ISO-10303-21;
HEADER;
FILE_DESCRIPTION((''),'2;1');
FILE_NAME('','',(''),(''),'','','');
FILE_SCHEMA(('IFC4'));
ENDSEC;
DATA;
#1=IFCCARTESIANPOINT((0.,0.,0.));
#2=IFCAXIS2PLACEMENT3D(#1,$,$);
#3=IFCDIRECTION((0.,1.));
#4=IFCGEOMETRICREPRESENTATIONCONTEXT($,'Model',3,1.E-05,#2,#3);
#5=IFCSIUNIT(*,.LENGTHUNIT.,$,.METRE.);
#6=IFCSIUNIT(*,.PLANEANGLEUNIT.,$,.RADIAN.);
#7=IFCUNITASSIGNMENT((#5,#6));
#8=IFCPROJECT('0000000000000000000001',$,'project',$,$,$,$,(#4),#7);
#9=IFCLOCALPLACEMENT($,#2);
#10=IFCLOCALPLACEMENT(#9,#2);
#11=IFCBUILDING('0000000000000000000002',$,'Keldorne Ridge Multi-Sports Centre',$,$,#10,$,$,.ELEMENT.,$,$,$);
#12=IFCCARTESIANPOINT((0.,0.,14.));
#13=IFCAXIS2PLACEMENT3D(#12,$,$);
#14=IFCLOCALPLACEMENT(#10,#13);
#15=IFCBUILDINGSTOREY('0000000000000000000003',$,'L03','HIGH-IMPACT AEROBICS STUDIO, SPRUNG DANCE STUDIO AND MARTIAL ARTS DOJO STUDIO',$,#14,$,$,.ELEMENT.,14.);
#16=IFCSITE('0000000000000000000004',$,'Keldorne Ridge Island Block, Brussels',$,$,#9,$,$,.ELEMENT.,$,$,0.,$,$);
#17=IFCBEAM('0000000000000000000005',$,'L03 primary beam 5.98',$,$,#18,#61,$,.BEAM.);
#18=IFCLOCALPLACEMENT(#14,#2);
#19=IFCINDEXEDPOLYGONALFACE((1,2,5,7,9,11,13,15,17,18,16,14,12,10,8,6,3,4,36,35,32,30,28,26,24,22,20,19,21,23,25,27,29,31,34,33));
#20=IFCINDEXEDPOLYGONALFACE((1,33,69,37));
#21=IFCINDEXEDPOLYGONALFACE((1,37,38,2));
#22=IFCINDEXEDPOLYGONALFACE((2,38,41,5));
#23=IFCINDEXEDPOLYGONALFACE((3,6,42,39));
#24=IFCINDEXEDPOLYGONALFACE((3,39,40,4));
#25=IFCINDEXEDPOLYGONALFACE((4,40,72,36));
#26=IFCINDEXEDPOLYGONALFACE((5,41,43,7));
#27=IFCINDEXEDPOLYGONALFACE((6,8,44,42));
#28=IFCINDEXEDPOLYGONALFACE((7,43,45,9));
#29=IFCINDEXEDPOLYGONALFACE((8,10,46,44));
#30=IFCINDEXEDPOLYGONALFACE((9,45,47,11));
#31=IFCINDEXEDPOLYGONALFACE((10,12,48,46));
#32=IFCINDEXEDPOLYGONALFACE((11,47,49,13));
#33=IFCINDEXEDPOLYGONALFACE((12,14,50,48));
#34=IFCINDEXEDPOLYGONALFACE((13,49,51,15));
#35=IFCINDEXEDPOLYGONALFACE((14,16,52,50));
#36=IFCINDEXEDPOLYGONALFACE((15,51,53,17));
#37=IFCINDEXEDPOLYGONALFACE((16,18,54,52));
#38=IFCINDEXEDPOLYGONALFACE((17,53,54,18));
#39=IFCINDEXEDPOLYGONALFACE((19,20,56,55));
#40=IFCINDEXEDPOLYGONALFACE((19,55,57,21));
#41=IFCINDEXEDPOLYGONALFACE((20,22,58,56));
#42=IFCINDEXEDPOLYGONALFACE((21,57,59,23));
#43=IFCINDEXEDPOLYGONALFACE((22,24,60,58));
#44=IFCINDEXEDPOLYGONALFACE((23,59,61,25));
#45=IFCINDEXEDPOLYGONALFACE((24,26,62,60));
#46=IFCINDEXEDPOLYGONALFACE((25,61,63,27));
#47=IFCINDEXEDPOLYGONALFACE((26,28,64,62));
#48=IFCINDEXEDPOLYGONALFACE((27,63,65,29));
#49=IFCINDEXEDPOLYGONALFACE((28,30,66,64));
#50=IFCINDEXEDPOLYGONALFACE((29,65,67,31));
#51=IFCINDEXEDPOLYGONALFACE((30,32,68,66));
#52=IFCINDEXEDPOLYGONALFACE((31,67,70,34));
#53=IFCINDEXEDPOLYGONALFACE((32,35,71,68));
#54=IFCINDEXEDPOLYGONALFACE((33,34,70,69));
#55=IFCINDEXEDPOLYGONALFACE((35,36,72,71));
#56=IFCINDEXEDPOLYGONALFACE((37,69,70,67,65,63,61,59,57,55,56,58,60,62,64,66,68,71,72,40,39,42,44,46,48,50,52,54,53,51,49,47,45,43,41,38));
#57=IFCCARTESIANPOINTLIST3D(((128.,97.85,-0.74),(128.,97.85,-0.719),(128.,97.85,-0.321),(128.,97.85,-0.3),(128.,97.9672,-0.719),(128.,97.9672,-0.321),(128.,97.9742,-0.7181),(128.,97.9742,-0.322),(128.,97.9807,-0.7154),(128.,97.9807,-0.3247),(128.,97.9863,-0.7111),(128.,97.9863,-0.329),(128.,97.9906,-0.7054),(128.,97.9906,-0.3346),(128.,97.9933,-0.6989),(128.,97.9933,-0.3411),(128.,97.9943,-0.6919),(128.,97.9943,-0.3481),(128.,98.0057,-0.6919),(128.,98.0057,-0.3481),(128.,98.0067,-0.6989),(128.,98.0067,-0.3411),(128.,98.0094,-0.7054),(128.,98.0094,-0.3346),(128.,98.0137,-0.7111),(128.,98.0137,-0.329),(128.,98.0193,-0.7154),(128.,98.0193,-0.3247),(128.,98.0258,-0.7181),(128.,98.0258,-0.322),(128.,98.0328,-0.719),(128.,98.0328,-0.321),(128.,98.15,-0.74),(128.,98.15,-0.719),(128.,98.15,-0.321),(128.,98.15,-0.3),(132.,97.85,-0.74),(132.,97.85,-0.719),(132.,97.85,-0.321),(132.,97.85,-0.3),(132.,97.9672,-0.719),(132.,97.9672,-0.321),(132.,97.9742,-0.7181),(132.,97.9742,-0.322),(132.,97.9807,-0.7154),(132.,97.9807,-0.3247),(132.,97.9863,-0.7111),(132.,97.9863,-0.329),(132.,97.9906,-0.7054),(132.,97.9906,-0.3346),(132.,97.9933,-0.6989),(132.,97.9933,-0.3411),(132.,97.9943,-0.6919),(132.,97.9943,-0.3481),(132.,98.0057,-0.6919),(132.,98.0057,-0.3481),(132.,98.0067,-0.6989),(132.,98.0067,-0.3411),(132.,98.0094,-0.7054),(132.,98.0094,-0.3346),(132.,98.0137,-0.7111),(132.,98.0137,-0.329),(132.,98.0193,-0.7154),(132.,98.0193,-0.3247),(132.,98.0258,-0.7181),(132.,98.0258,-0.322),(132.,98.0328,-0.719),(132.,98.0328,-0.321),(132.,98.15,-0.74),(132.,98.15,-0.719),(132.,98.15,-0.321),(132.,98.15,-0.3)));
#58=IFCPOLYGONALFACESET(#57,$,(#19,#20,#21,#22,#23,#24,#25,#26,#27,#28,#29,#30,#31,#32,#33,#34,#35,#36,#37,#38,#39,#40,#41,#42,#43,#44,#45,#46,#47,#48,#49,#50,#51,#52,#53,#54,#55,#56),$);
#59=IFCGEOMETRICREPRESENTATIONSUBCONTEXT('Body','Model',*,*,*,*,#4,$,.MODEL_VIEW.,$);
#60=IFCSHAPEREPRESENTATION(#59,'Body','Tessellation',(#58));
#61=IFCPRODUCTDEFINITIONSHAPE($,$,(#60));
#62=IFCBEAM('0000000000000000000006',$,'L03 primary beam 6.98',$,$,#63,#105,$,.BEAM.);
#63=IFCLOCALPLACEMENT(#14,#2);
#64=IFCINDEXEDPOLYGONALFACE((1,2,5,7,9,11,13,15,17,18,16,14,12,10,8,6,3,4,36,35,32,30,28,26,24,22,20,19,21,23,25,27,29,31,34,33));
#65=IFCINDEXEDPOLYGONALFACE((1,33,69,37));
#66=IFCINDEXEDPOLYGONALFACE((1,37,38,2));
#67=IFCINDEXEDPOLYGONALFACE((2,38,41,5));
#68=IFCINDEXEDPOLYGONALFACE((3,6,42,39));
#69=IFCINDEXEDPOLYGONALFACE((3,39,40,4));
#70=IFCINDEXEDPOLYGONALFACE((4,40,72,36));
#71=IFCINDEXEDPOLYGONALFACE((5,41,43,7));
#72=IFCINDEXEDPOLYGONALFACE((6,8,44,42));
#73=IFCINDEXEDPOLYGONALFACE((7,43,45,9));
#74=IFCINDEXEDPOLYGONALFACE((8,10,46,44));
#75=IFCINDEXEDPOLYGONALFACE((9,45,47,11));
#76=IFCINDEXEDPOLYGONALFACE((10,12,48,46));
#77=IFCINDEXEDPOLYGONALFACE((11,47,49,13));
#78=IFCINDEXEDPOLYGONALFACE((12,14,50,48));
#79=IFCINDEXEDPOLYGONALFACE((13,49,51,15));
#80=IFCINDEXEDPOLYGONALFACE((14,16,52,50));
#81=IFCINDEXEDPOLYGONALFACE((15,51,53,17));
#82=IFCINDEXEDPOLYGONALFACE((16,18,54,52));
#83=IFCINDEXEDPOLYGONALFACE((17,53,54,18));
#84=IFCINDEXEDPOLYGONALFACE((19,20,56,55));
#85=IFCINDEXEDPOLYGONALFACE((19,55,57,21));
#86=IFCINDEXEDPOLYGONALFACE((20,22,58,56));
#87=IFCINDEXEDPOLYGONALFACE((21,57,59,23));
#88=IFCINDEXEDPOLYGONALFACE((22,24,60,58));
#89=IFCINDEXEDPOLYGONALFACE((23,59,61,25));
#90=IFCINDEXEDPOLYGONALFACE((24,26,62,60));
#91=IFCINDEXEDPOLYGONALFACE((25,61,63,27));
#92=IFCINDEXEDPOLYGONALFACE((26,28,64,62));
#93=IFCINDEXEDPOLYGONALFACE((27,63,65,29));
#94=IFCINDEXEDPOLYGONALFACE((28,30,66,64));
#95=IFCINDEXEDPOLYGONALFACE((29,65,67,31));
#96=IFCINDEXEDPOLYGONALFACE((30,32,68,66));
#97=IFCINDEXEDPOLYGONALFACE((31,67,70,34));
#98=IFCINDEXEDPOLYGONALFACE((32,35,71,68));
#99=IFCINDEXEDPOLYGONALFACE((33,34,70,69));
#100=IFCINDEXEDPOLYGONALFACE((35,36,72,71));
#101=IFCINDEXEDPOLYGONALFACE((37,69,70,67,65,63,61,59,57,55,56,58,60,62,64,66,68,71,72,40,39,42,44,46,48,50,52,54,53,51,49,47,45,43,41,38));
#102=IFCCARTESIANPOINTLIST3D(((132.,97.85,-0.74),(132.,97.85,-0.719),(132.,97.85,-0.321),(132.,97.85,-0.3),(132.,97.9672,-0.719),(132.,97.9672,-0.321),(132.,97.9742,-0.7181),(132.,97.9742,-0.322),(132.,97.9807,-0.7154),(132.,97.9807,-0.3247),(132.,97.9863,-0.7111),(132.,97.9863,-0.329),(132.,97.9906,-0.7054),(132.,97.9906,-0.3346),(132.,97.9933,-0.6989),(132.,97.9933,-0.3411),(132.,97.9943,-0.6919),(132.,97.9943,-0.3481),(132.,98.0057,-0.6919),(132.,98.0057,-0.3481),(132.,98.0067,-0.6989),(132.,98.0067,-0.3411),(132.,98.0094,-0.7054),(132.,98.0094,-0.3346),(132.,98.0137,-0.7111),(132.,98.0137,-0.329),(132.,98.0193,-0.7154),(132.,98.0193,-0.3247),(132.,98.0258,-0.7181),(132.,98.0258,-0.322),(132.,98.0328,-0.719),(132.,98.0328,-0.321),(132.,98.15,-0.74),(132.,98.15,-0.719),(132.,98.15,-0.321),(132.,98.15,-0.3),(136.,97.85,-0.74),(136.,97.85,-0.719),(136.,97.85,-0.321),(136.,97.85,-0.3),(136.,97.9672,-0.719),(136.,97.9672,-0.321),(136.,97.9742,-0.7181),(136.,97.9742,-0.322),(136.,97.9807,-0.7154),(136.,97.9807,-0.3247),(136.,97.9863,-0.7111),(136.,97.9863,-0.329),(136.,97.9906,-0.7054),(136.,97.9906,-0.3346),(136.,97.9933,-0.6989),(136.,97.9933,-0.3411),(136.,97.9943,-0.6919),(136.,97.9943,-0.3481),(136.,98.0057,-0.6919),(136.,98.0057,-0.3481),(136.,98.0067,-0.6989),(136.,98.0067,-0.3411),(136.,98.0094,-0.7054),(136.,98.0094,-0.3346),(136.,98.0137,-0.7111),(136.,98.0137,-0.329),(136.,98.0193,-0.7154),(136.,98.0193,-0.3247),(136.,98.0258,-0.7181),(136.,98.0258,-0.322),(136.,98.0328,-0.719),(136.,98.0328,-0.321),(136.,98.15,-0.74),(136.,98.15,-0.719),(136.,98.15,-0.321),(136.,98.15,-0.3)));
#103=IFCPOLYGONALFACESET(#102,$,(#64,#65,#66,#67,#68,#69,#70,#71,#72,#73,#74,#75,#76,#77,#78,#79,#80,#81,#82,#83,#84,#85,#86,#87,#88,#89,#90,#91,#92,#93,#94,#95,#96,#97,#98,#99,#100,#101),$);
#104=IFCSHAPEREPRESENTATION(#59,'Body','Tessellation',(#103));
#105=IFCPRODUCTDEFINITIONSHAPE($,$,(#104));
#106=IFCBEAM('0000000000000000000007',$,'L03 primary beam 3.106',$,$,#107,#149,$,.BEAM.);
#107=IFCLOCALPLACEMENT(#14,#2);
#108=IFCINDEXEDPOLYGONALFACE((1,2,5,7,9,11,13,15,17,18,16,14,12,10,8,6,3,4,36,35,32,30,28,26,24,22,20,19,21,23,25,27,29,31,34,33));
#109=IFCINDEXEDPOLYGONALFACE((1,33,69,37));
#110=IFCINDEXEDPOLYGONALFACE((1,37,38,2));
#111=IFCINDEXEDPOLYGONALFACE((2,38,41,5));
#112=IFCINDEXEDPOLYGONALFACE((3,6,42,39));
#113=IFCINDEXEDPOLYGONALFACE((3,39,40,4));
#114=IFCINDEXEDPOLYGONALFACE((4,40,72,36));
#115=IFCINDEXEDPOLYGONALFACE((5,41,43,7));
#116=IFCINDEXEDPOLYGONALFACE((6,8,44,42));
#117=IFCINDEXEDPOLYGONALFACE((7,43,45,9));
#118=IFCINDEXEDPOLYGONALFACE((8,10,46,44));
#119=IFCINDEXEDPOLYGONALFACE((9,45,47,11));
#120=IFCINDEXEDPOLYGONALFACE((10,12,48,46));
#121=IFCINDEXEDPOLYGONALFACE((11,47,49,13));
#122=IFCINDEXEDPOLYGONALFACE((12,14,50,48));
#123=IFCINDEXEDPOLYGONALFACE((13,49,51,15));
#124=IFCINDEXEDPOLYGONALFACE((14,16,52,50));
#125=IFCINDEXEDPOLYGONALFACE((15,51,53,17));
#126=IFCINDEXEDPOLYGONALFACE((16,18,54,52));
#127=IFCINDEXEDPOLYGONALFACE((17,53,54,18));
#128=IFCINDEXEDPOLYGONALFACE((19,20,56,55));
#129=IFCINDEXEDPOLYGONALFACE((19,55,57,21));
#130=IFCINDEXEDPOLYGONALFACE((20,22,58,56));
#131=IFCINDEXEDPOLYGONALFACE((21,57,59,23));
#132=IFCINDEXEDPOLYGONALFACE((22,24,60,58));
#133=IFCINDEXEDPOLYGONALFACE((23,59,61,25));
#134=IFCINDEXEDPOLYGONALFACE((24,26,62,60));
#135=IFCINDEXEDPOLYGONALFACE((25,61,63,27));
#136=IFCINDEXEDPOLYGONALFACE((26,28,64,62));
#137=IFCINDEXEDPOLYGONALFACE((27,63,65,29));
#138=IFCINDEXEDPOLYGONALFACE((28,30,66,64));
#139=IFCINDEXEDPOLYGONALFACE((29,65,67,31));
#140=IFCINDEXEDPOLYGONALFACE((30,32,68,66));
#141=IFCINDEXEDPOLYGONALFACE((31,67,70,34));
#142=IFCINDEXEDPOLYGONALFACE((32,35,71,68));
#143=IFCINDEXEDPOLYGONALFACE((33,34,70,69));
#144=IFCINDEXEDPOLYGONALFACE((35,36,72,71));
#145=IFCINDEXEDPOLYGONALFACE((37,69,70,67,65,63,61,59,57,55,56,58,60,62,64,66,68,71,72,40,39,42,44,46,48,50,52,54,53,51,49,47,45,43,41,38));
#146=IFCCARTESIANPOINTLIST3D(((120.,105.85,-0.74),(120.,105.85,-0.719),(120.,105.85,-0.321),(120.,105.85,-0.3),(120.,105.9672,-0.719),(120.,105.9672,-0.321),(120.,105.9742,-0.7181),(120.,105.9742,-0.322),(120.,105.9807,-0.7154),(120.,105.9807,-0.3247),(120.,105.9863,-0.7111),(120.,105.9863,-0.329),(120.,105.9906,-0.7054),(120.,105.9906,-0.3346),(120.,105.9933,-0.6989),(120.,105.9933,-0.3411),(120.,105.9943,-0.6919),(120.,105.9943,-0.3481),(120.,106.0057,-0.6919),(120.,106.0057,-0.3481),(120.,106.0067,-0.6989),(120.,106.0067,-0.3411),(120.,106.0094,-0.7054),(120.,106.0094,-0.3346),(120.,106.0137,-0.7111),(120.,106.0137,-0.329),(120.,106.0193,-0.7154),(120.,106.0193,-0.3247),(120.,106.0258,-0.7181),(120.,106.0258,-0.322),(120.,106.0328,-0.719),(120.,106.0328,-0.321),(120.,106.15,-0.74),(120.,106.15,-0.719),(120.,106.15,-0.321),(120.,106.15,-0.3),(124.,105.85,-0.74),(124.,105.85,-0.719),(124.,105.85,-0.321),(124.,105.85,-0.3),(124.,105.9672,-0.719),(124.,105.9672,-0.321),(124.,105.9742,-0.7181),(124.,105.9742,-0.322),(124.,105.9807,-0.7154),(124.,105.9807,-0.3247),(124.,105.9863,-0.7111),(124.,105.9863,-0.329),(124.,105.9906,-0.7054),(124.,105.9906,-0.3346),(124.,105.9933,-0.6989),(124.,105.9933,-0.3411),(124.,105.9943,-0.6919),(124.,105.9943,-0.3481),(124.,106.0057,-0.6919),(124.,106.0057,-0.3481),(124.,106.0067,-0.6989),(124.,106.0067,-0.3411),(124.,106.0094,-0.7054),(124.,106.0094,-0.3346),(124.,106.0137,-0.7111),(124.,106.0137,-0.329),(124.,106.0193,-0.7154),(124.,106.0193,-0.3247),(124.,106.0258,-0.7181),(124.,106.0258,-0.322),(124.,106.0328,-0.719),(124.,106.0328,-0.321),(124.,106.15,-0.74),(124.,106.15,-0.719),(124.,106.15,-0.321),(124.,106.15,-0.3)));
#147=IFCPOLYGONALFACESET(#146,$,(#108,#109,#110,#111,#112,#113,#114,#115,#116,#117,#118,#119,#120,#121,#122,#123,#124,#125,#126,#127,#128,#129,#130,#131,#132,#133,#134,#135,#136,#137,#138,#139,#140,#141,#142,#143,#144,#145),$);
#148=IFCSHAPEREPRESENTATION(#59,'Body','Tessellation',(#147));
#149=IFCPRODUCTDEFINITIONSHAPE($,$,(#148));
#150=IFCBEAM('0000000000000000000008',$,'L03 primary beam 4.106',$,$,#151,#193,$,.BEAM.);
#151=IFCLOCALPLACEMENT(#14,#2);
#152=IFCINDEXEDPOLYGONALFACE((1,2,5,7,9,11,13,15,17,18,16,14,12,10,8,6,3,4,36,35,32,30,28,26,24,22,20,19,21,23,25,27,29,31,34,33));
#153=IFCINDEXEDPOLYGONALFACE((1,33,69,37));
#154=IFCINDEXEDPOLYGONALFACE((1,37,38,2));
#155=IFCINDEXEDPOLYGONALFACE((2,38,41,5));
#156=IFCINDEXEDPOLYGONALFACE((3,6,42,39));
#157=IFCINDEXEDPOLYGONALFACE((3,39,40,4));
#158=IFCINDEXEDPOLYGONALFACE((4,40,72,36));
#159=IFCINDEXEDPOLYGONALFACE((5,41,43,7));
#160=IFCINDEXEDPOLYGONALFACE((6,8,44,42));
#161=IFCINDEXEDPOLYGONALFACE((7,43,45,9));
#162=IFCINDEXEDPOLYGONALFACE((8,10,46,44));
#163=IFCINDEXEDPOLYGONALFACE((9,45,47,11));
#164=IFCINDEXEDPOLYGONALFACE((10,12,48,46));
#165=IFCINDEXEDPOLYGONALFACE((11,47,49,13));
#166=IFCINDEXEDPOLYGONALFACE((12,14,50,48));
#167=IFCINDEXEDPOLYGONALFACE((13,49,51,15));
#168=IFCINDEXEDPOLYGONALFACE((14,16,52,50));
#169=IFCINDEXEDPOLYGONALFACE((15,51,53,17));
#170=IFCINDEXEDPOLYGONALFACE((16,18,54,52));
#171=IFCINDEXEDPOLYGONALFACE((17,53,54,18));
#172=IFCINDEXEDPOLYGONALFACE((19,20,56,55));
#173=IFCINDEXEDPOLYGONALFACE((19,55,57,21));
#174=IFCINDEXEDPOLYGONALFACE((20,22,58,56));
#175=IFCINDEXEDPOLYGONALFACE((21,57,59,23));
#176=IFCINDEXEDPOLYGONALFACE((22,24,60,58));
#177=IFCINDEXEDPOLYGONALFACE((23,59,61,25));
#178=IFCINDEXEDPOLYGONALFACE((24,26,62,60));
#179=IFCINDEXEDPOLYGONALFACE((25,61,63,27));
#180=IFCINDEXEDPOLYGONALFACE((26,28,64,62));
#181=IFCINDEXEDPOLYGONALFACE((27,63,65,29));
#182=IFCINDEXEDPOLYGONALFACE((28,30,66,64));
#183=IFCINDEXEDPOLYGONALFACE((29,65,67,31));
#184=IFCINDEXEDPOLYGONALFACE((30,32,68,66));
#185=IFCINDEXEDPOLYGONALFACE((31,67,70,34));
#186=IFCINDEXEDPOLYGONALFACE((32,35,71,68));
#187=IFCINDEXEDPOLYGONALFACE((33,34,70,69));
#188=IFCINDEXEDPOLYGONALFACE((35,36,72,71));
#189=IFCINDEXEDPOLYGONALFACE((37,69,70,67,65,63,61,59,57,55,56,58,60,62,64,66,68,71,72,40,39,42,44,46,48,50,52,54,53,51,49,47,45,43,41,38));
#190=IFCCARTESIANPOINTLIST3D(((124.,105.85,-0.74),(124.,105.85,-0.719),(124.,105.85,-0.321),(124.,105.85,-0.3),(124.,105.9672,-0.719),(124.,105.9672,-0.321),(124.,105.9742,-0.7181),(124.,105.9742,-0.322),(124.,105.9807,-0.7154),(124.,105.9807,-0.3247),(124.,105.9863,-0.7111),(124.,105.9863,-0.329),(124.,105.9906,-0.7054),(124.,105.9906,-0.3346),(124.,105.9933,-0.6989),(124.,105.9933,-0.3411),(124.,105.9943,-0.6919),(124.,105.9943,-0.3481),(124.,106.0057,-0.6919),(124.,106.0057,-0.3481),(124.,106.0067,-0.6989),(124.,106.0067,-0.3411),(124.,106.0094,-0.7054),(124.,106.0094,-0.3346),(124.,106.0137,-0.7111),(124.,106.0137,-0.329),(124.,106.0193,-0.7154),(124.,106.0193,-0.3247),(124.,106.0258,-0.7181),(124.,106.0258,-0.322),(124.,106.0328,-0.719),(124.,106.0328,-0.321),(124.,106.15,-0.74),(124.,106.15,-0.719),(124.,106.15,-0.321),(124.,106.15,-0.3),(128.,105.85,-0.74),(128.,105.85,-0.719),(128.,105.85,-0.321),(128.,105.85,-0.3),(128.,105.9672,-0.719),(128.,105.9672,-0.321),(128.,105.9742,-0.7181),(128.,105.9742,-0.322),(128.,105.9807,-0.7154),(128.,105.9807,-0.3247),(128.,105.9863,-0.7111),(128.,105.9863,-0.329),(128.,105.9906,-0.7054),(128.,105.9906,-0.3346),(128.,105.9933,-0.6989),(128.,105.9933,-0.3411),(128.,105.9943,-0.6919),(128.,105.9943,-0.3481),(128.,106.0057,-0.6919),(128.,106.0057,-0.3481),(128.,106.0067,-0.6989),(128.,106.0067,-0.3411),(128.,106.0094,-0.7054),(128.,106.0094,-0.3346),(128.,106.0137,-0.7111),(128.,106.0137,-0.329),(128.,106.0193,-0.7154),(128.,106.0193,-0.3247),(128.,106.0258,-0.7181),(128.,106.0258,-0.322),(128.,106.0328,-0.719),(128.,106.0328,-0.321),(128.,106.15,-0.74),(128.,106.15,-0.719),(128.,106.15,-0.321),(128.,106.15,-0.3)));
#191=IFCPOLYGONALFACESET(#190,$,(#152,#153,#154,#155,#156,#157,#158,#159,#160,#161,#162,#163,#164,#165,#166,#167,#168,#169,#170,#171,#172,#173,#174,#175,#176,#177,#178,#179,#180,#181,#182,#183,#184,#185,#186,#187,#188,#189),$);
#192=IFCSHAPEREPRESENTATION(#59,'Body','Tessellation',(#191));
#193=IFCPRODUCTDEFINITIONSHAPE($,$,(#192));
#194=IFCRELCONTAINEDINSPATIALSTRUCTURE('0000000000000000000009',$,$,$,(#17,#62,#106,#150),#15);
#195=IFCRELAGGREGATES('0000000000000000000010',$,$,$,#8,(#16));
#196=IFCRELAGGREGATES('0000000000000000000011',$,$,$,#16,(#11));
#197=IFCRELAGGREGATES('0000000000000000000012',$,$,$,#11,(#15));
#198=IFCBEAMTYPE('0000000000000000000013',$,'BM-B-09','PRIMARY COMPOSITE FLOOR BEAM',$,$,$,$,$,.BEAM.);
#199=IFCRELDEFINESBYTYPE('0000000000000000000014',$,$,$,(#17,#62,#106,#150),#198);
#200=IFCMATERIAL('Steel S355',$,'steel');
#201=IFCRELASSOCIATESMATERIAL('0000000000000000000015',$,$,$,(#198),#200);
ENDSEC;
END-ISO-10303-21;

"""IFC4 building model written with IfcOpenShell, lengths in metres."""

from ifc_helpers import new_model, si_unit, direction, frame, origin, origin_2d, place, context, subcontext, project, spatial, i_section, extrude, material, material_profile, profile_set, type_object, element, save


model = new_model("IFC4")

# Units and contexts
model_context = context("Model", 3, precision=1e-05, world=origin(), true_north=direction((0.0, 1.0)))
body_context = subcontext(model_context, "Body", "Model", "MODEL_VIEW")
ifc_project = project(units=[si_unit("LENGTHUNIT", "METRE"), si_unit("PLANEANGLEUNIT", "RADIAN")], contexts=[model_context])

# Site, building, storey
site_placement = place(None, origin())
site = spatial("IfcSite", under=ifc_project, at=site_placement, Name="Keldorne Ridge Island Block, Brussels", CompositionType="ELEMENT", RefElevation=0.0)
building_placement = place(site_placement, origin())
building = spatial("IfcBuilding", under=site, at=building_placement, Name="Keldorne Ridge Multi-Sports Centre", CompositionType="ELEMENT")
storey_placement = place(building_placement, frame((0.0, 0.0, 14.0)))
storey = spatial("IfcBuildingStorey", under=building, at=storey_placement, Name="L03", Description="HIGH-IMPACT AEROBICS STUDIO, SPRUNG DANCE STUDIO AND MARTIAL ARTS DOJO STUDIO", CompositionType="ELEMENT", Elevation=14.0)

# Shared definitions
ifc_material_1 = material(Name="Steel S355", Category="steel")

# Beams
ifc_material_profile_1 = material_profile(ifc_material_1, i_section(OverallWidth=0.3, OverallDepth=0.4399, WebThickness=0.0115, FlangeThickness=0.021, FilletRadius=0.0271, at=origin_2d()), Name="HEA 450")
ifc_profile_set_1 = profile_set([ifc_material_profile_1], Name="Steel S355")
beam_type_1 = type_object("IfcBeamType", Name="BM-B-09", Description="PRIMARY COMPOSITE FLOOR BEAM", PredefinedType="BEAM", material=ifc_profile_set_1)
for number, where, z_axis, x_axis, name in (
    (1, (128.0, 98.0, -0.52), (1.0, 0.0, 0.0), (0.0, 1.0, 0.0), "L03 primary beam 5.98"),
    (2, (132.0, 98.0, -0.52), (1.0, 0.0, 0.0), (0.0, 1.0, 0.0), "L03 primary beam 6.98"),
    (3, (120.0, 106.0, -0.52), (1.0, 0.0, 0.0), (0.0, 1.0, 0.0), "L03 primary beam 3.106"),
    (4, (124.0, 106.0, -0.52), (1.0, 0.0, 0.0), (0.0, 1.0, 0.0), "L03 primary beam 4.106"),
):
    element("IfcBeam", number, at=place(storey_placement, frame(where, z_axis=z_axis, x_axis=x_axis)), inside=storey, type_object=beam_type_1, Name=name, PredefinedType="BEAM", context=body_context, shape_type="SweptSolid", body=[
        extrude(i_section(OverallWidth=0.3, OverallDepth=0.4399, WebThickness=0.0115, FlangeThickness=0.021, FilletRadius=0.0271, at=origin_2d()), origin(), (0.0, 0.0, 1.0), 4.0),
    ])

save(model, "model.ifc")
